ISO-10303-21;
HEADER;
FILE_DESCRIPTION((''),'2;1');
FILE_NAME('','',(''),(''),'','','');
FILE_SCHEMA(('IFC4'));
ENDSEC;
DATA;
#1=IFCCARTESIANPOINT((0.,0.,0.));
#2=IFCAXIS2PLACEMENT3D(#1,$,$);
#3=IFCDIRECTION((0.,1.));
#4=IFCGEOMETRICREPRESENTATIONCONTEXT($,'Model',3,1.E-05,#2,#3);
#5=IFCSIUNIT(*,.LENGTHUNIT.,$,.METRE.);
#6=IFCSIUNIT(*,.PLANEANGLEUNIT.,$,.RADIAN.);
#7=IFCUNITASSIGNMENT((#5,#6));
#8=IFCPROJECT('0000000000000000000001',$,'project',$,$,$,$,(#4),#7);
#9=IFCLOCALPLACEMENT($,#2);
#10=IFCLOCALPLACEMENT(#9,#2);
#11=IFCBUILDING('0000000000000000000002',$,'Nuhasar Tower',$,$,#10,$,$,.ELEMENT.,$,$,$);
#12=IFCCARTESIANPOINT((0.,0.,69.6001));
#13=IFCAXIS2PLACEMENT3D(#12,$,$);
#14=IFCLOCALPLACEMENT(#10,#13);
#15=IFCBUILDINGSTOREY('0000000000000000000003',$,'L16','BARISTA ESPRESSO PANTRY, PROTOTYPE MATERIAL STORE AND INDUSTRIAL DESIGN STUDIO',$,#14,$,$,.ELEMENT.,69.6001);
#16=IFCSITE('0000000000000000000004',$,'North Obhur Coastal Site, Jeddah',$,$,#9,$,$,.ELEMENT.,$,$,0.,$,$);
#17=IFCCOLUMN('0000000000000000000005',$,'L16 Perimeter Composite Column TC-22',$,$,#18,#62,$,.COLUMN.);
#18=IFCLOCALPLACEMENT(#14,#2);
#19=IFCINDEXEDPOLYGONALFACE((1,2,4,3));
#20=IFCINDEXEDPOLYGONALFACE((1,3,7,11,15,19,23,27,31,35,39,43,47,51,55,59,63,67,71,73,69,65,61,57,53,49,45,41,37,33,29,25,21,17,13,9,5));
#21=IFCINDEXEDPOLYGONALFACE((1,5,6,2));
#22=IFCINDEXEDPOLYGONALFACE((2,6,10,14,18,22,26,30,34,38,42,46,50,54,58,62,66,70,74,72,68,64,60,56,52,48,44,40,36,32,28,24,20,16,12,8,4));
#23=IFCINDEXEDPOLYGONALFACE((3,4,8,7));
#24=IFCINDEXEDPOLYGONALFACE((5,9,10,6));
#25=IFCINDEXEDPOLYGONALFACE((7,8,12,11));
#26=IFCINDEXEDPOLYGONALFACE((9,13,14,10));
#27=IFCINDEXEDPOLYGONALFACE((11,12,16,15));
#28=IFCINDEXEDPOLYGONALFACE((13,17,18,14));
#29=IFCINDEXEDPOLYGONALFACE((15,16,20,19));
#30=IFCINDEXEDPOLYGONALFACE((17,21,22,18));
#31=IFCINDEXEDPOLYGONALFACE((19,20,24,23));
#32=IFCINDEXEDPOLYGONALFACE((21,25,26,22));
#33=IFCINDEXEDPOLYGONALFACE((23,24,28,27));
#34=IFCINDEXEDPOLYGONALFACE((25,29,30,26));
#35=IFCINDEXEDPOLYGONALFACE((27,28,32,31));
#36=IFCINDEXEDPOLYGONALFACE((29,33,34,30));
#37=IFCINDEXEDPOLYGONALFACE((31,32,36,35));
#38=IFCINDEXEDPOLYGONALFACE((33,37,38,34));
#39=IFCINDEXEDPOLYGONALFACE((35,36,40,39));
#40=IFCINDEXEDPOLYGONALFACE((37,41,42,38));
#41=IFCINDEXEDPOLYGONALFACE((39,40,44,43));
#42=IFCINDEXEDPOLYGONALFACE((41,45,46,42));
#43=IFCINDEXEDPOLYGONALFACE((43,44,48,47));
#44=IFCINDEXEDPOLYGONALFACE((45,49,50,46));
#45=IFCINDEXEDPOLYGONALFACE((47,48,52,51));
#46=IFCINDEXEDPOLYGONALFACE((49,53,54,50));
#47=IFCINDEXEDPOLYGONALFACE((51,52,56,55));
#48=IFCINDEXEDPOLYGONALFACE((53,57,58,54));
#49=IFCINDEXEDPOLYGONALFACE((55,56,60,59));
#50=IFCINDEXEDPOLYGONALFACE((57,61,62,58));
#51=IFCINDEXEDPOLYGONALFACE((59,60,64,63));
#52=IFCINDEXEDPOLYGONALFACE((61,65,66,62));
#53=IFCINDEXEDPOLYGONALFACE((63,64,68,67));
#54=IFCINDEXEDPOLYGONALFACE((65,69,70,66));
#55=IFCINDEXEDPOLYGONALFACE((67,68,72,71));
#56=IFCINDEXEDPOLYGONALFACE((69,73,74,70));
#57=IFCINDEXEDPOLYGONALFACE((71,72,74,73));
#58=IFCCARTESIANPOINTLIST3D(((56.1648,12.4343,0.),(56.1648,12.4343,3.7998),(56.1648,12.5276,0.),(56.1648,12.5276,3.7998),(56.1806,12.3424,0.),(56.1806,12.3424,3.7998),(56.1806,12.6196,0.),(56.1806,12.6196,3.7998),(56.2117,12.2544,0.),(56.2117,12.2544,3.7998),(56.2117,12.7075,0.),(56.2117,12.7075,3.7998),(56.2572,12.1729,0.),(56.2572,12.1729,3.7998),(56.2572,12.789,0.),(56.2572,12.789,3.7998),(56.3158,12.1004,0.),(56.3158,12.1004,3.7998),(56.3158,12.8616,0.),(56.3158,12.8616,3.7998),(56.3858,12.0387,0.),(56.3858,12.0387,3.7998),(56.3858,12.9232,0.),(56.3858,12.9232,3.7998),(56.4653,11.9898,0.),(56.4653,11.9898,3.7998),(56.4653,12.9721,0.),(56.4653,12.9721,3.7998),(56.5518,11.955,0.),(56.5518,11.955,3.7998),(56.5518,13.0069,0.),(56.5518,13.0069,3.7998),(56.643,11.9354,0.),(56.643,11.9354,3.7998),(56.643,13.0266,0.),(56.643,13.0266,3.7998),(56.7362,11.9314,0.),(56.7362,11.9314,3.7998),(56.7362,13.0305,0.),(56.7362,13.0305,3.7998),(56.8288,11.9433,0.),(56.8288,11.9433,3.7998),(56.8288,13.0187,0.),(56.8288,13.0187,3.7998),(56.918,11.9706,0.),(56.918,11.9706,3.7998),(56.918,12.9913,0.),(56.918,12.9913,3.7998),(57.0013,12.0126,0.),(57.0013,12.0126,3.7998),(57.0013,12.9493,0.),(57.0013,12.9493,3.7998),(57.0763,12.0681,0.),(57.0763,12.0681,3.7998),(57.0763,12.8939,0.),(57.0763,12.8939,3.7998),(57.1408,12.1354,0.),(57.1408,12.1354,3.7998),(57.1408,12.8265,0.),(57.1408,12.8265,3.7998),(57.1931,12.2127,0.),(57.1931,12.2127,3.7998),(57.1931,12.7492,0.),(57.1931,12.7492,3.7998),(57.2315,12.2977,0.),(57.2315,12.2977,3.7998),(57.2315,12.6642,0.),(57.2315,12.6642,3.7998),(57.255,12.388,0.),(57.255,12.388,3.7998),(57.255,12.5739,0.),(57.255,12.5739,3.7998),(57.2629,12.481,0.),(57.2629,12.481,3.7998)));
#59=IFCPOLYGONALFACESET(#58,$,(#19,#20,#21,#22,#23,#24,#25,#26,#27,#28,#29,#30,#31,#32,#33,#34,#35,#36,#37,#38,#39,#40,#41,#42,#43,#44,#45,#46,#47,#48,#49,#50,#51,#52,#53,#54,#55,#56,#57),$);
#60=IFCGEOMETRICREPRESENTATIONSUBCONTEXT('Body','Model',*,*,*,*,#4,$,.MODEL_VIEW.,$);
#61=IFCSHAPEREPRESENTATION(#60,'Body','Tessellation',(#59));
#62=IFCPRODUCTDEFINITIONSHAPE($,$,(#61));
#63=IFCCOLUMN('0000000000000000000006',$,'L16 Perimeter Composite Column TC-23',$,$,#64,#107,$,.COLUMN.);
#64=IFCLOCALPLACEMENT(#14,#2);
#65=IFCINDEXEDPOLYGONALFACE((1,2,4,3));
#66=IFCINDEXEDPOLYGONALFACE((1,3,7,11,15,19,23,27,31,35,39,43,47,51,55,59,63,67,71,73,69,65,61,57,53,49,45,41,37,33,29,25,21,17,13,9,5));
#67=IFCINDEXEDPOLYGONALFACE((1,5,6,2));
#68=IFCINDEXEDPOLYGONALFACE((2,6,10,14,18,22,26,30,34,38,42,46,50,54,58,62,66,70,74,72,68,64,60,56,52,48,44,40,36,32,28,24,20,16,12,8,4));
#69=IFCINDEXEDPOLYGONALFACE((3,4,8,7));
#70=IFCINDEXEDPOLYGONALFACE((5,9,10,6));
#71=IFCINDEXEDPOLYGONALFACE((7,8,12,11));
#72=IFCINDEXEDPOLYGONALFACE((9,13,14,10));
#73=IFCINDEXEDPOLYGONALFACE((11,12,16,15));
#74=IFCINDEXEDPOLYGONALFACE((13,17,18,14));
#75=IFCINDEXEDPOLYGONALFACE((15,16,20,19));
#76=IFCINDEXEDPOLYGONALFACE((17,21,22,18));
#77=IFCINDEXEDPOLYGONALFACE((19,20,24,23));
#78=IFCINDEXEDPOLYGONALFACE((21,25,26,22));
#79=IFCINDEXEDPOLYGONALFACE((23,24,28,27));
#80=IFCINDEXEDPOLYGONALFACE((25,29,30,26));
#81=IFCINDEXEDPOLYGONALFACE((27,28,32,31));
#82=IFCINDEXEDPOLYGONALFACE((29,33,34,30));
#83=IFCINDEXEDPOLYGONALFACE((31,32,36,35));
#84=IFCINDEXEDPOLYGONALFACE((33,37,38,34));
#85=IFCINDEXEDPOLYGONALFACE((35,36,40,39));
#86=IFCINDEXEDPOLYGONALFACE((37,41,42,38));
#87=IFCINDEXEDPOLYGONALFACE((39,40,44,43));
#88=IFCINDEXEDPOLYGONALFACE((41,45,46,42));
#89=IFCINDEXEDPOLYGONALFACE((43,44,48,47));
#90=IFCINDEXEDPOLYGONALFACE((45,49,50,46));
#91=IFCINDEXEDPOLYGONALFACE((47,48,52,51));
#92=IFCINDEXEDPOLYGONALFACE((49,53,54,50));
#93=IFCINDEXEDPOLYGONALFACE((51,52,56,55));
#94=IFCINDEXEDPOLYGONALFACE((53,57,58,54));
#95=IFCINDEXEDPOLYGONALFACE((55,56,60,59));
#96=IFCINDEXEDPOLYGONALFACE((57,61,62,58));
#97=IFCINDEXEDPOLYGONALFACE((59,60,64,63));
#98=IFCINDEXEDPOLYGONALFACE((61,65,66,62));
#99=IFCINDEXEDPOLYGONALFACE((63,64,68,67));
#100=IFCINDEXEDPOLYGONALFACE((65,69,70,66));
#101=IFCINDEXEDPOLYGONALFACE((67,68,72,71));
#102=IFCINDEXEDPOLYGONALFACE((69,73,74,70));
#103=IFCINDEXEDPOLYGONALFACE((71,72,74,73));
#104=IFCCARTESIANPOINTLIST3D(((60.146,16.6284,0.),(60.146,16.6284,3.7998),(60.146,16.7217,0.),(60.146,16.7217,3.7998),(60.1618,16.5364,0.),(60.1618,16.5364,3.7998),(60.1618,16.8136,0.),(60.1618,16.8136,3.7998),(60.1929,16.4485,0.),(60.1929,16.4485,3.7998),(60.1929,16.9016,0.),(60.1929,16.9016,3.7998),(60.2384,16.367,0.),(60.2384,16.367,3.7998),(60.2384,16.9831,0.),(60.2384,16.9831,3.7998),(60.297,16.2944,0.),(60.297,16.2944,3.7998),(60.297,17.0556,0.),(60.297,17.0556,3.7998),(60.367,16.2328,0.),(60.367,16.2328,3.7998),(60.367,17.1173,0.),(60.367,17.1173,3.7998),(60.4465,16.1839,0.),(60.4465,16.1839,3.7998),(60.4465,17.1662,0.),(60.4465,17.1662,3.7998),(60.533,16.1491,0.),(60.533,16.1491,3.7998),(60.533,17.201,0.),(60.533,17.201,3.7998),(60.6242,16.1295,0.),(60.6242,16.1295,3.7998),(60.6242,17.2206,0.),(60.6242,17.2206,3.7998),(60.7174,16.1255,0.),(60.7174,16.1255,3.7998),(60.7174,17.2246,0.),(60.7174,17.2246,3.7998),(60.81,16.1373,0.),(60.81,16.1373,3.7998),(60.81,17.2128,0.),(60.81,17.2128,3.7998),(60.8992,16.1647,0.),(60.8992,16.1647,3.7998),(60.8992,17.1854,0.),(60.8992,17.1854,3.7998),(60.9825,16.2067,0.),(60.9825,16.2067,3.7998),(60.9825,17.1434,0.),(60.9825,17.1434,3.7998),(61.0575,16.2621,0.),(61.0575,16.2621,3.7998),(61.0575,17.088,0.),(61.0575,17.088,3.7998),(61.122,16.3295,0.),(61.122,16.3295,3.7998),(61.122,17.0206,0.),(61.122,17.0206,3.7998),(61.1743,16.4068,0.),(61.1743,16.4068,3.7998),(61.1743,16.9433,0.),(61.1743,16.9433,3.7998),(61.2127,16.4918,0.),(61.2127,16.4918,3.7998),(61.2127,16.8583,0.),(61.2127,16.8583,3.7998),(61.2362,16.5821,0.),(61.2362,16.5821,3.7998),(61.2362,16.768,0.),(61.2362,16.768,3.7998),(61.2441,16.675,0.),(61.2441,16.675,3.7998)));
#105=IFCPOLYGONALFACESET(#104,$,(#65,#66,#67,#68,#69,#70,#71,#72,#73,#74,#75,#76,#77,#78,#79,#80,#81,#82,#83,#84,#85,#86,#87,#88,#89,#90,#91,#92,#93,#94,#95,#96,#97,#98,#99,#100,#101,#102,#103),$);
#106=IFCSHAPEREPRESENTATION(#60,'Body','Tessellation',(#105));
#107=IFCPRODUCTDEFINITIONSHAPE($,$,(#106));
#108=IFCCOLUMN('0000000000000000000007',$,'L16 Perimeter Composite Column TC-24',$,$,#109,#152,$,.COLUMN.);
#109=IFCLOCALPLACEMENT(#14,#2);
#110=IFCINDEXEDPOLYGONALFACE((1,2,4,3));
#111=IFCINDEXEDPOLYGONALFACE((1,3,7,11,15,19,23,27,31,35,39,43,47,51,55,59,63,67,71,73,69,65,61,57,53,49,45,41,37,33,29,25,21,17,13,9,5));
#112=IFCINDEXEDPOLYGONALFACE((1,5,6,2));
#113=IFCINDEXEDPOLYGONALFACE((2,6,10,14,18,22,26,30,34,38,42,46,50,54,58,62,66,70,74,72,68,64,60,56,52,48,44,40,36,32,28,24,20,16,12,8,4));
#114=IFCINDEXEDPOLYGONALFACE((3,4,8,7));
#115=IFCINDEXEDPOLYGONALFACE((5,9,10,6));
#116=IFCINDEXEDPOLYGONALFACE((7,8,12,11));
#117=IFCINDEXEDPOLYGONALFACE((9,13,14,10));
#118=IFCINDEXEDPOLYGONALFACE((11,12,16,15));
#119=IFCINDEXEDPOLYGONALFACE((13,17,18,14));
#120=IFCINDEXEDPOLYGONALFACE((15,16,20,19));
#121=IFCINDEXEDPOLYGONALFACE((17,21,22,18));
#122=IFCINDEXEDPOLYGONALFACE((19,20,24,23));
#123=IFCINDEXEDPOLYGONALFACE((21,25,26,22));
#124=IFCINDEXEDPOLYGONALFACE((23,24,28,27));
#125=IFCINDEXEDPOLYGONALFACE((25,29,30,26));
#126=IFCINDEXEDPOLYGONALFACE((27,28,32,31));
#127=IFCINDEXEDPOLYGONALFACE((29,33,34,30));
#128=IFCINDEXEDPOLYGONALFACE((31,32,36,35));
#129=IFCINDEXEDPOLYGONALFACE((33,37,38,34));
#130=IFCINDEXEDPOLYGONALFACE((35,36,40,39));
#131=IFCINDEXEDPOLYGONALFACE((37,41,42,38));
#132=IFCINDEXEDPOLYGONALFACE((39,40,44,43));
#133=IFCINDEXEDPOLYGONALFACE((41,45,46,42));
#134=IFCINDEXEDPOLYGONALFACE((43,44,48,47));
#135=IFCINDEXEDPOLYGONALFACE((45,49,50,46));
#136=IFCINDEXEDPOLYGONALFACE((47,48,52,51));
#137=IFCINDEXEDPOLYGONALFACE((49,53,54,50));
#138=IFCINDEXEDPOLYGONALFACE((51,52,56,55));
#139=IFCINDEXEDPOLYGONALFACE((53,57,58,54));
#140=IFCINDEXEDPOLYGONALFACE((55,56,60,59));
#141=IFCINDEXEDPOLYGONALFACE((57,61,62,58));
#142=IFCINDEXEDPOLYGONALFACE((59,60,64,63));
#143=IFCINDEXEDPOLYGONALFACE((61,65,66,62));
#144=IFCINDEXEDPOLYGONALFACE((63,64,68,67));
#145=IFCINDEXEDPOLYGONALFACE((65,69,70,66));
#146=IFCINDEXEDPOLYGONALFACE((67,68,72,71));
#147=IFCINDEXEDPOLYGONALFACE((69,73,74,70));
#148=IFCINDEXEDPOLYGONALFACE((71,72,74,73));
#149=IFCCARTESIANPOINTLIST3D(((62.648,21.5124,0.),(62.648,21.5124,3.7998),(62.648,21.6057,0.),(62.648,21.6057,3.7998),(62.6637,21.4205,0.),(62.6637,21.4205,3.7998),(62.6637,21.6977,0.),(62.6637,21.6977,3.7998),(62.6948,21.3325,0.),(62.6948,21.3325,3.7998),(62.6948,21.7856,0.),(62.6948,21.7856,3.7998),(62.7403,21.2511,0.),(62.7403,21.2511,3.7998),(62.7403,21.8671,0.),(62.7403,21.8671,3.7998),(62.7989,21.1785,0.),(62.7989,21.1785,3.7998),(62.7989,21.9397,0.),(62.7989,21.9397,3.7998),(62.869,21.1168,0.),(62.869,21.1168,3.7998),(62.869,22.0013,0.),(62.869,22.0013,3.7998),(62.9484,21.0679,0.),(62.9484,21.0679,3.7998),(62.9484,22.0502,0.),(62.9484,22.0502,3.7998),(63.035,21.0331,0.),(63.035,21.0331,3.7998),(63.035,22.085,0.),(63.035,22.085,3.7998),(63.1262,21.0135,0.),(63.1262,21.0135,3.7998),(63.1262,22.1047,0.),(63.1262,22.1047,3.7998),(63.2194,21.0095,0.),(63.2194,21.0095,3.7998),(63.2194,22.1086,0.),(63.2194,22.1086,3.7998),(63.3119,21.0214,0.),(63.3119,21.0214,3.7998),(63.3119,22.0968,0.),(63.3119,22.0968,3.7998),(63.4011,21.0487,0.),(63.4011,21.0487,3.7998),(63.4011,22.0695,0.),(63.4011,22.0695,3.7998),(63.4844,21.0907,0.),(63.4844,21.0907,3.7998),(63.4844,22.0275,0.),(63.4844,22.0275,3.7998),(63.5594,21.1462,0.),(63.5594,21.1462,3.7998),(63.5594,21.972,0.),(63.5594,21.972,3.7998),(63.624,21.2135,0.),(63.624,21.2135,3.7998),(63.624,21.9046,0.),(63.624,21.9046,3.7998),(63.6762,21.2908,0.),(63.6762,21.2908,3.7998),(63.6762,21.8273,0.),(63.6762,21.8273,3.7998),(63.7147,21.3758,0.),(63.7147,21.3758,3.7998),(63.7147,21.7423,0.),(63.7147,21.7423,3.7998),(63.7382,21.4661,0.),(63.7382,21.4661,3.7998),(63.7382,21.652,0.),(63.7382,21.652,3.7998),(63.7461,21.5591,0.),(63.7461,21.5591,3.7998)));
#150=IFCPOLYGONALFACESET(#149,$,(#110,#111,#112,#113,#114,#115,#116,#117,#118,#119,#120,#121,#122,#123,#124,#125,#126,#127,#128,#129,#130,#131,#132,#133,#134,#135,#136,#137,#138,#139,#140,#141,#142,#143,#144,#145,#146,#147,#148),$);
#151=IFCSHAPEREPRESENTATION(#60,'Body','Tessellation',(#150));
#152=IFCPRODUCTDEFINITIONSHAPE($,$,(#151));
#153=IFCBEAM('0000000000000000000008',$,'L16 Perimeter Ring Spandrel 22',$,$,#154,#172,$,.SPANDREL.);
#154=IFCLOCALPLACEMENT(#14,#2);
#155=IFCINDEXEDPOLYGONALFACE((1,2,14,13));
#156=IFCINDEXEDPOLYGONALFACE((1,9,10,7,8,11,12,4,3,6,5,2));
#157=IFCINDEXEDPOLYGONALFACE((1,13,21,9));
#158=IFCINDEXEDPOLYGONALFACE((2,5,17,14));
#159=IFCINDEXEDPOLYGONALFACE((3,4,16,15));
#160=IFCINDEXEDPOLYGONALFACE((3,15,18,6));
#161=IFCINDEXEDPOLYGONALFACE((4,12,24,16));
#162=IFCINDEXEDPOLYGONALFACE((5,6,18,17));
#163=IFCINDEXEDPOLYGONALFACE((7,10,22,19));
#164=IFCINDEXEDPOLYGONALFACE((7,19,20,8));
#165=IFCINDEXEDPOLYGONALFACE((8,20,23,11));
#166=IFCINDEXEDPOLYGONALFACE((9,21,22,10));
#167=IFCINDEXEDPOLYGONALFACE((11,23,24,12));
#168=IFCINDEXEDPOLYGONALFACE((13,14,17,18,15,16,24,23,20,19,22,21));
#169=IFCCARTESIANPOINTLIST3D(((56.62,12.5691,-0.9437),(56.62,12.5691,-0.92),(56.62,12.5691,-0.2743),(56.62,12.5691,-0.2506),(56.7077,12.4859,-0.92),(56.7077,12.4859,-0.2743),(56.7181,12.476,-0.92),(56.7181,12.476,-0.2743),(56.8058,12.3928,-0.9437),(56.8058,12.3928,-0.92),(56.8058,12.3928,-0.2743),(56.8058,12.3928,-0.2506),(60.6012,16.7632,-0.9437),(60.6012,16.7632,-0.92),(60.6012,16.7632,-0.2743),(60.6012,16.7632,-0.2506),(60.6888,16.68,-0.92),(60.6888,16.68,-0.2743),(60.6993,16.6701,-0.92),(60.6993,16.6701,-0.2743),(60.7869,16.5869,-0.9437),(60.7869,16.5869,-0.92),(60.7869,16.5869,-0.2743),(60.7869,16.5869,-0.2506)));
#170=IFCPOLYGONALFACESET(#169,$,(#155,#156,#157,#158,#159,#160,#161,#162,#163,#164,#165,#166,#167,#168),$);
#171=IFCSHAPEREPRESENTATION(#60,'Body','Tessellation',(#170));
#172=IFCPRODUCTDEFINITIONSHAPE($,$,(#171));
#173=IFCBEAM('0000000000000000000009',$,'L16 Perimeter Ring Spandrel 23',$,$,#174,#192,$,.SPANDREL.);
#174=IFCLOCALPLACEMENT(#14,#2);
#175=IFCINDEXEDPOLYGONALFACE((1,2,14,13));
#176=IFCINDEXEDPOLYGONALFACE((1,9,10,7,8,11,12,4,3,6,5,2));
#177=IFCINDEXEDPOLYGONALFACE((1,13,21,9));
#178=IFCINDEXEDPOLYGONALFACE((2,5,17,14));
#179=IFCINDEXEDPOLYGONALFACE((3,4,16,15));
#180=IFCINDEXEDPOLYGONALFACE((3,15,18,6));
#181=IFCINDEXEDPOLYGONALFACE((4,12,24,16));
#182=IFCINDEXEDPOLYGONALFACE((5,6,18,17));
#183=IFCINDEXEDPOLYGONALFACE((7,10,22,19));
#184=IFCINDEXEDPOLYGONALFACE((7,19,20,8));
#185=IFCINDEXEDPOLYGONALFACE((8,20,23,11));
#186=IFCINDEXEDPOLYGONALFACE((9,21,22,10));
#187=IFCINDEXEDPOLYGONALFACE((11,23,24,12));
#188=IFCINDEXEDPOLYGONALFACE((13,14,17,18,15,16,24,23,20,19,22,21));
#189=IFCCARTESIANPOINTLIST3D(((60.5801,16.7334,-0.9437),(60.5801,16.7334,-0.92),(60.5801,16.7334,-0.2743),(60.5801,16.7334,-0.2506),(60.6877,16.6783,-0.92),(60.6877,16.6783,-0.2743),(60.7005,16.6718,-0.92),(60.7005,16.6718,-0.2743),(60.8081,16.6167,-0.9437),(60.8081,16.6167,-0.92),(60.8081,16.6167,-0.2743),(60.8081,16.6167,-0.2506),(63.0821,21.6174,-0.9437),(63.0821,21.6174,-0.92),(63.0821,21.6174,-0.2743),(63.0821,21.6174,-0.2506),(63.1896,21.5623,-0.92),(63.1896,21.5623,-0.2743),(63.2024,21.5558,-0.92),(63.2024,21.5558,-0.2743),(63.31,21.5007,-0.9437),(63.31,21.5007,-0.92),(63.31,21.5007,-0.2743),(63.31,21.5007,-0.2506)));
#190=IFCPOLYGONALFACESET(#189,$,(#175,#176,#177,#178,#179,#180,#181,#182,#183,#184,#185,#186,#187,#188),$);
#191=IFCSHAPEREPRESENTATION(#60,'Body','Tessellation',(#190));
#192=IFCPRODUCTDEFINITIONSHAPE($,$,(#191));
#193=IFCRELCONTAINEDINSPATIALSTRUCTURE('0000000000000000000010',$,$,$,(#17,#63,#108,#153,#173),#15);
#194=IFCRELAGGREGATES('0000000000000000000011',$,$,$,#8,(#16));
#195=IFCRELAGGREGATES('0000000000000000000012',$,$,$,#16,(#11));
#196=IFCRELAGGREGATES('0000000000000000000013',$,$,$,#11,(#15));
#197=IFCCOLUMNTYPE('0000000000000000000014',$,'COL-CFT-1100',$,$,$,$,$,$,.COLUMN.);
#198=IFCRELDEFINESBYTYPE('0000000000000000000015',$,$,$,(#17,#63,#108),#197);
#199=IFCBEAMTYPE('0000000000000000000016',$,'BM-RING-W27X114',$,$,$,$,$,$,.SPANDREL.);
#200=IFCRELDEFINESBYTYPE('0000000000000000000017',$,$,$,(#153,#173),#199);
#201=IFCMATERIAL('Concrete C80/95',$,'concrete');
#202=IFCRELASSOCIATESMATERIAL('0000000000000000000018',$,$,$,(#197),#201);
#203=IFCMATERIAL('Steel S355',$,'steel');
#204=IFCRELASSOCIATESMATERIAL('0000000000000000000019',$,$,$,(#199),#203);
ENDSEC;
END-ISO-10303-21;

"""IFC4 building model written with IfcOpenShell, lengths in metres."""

from ifc_helpers import new_model, si_unit, direction, frame, origin, origin_2d, place, context, subcontext, project, spatial, circle, i_section, extrude, material, material_profile, profile_set, type_object, element, save


model = new_model("IFC4")

# Units and contexts
model_context = context("Model", 3, precision=1e-05, world=origin(), true_north=direction((0.0, 1.0)))
body_context = subcontext(model_context, "Body", "Model", "MODEL_VIEW")
ifc_project = project(units=[si_unit("LENGTHUNIT", "METRE"), si_unit("PLANEANGLEUNIT", "RADIAN")], contexts=[model_context])

# Site, building, storey
site_placement = place(None, origin())
site = spatial("IfcSite", under=ifc_project, at=site_placement, Name="North Obhur Coastal Site, Jeddah", CompositionType="ELEMENT", RefElevation=0.0)
building_placement = place(site_placement, origin())
building = spatial("IfcBuilding", under=site, at=building_placement, Name="Nuhasar Tower", CompositionType="ELEMENT")
storey_placement = place(building_placement, frame((0.0, 0.0, 69.6001)))
storey = spatial("IfcBuildingStorey", under=building, at=storey_placement, Name="L16", Description="BARISTA ESPRESSO PANTRY, PROTOTYPE MATERIAL STORE AND INDUSTRIAL DESIGN STUDIO", CompositionType="ELEMENT", Elevation=69.6001)

# Columns
ifc_material_1 = material(Name="Concrete C80/95", Category="concrete")
ifc_material_profile_1 = material_profile(ifc_material_1, circle(Radius=0.55, at=origin_2d()), Name="CFT1100")
ifc_profile_set_1 = profile_set([ifc_material_profile_1], Name="Concrete C80/95")
column_type = type_object("IfcColumnType", Name="COL-CFT-1100", PredefinedType="COLUMN", material=ifc_profile_set_1)
for number, where, z_axis, x_axis, name in (
    (1, (56.7129, 12.481, 0.0), (0.0, 0.0, 1.0), (1.0, 0.0, 0.0), "L16 Perimeter Composite Column TC-22"),
    (2, (60.6941, 16.675, 0.0), (0.0, 0.0, 1.0), (1.0, 0.0, 0.0), "L16 Perimeter Composite Column TC-23"),
    (3, (63.196, 21.5591, 0.0), (0.0, 0.0, 1.0), (1.0, 0.0, 0.0), "L16 Perimeter Composite Column TC-24"),
):
    element("IfcColumn", number, at=place(storey_placement, frame(where, z_axis=z_axis, x_axis=x_axis)), inside=storey, type_object=column_type, Name=name, PredefinedType="COLUMN", context=body_context, shape_type="SweptSolid", body=[
        extrude(circle(Radius=0.55, at=origin_2d()), origin(), (0.0, 0.0, 1.0), 3.7998),
    ])

# Beams
ifc_material_2 = material(Name="Steel S355", Category="steel")
ifc_material_profile_2 = material_profile(ifc_material_2, i_section(OverallWidth=0.2561, OverallDepth=0.6931, WebThickness=0.0144, FlangeThickness=0.0237, at=origin_2d()), Name="W27X114")
ifc_profile_set_2 = profile_set([ifc_material_profile_2], Name="Steel S355")
beam_type_1 = type_object("IfcBeamType", Name="BM-RING-W27X114", PredefinedType="SPANDREL", material=ifc_profile_set_2)
beam_1_placement = place(storey_placement, frame((56.7129, 12.481, -0.5972), z_axis=(0.68846, 0.725274, 0.0), x_axis=(-0.725274, 0.68846, 0.0)))
element("IfcBeam", 4, at=beam_1_placement, inside=storey, type_object=beam_type_1, Name="L16 Perimeter Ring Spandrel 22", PredefinedType="SPANDREL", context=body_context, shape_type="SweptSolid", body=[
    extrude(i_section(OverallWidth=0.2561, OverallDepth=0.6931, WebThickness=0.0144, FlangeThickness=0.0237, at=origin_2d()), origin(), (0.0, 0.0, 1.0), 5.7827),
])
beam_2_placement = place(storey_placement, frame((60.6941, 16.675, -0.5972), z_axis=(0.45593, 0.890016, 0.0), x_axis=(-0.890016, 0.45593, 0.0)))
element("IfcBeam", 5, at=beam_2_placement, inside=storey, type_object=beam_type_1, Name="L16 Perimeter Ring Spandrel 23", PredefinedType="SPANDREL", context=body_context, shape_type="SweptSolid", body=[
    extrude(i_section(OverallWidth=0.2561, OverallDepth=0.6931, WebThickness=0.0144, FlangeThickness=0.0237, at=origin_2d()), origin(), (0.0, 0.0, 1.0), 5.4875),
])

save(model, "model.ifc")
